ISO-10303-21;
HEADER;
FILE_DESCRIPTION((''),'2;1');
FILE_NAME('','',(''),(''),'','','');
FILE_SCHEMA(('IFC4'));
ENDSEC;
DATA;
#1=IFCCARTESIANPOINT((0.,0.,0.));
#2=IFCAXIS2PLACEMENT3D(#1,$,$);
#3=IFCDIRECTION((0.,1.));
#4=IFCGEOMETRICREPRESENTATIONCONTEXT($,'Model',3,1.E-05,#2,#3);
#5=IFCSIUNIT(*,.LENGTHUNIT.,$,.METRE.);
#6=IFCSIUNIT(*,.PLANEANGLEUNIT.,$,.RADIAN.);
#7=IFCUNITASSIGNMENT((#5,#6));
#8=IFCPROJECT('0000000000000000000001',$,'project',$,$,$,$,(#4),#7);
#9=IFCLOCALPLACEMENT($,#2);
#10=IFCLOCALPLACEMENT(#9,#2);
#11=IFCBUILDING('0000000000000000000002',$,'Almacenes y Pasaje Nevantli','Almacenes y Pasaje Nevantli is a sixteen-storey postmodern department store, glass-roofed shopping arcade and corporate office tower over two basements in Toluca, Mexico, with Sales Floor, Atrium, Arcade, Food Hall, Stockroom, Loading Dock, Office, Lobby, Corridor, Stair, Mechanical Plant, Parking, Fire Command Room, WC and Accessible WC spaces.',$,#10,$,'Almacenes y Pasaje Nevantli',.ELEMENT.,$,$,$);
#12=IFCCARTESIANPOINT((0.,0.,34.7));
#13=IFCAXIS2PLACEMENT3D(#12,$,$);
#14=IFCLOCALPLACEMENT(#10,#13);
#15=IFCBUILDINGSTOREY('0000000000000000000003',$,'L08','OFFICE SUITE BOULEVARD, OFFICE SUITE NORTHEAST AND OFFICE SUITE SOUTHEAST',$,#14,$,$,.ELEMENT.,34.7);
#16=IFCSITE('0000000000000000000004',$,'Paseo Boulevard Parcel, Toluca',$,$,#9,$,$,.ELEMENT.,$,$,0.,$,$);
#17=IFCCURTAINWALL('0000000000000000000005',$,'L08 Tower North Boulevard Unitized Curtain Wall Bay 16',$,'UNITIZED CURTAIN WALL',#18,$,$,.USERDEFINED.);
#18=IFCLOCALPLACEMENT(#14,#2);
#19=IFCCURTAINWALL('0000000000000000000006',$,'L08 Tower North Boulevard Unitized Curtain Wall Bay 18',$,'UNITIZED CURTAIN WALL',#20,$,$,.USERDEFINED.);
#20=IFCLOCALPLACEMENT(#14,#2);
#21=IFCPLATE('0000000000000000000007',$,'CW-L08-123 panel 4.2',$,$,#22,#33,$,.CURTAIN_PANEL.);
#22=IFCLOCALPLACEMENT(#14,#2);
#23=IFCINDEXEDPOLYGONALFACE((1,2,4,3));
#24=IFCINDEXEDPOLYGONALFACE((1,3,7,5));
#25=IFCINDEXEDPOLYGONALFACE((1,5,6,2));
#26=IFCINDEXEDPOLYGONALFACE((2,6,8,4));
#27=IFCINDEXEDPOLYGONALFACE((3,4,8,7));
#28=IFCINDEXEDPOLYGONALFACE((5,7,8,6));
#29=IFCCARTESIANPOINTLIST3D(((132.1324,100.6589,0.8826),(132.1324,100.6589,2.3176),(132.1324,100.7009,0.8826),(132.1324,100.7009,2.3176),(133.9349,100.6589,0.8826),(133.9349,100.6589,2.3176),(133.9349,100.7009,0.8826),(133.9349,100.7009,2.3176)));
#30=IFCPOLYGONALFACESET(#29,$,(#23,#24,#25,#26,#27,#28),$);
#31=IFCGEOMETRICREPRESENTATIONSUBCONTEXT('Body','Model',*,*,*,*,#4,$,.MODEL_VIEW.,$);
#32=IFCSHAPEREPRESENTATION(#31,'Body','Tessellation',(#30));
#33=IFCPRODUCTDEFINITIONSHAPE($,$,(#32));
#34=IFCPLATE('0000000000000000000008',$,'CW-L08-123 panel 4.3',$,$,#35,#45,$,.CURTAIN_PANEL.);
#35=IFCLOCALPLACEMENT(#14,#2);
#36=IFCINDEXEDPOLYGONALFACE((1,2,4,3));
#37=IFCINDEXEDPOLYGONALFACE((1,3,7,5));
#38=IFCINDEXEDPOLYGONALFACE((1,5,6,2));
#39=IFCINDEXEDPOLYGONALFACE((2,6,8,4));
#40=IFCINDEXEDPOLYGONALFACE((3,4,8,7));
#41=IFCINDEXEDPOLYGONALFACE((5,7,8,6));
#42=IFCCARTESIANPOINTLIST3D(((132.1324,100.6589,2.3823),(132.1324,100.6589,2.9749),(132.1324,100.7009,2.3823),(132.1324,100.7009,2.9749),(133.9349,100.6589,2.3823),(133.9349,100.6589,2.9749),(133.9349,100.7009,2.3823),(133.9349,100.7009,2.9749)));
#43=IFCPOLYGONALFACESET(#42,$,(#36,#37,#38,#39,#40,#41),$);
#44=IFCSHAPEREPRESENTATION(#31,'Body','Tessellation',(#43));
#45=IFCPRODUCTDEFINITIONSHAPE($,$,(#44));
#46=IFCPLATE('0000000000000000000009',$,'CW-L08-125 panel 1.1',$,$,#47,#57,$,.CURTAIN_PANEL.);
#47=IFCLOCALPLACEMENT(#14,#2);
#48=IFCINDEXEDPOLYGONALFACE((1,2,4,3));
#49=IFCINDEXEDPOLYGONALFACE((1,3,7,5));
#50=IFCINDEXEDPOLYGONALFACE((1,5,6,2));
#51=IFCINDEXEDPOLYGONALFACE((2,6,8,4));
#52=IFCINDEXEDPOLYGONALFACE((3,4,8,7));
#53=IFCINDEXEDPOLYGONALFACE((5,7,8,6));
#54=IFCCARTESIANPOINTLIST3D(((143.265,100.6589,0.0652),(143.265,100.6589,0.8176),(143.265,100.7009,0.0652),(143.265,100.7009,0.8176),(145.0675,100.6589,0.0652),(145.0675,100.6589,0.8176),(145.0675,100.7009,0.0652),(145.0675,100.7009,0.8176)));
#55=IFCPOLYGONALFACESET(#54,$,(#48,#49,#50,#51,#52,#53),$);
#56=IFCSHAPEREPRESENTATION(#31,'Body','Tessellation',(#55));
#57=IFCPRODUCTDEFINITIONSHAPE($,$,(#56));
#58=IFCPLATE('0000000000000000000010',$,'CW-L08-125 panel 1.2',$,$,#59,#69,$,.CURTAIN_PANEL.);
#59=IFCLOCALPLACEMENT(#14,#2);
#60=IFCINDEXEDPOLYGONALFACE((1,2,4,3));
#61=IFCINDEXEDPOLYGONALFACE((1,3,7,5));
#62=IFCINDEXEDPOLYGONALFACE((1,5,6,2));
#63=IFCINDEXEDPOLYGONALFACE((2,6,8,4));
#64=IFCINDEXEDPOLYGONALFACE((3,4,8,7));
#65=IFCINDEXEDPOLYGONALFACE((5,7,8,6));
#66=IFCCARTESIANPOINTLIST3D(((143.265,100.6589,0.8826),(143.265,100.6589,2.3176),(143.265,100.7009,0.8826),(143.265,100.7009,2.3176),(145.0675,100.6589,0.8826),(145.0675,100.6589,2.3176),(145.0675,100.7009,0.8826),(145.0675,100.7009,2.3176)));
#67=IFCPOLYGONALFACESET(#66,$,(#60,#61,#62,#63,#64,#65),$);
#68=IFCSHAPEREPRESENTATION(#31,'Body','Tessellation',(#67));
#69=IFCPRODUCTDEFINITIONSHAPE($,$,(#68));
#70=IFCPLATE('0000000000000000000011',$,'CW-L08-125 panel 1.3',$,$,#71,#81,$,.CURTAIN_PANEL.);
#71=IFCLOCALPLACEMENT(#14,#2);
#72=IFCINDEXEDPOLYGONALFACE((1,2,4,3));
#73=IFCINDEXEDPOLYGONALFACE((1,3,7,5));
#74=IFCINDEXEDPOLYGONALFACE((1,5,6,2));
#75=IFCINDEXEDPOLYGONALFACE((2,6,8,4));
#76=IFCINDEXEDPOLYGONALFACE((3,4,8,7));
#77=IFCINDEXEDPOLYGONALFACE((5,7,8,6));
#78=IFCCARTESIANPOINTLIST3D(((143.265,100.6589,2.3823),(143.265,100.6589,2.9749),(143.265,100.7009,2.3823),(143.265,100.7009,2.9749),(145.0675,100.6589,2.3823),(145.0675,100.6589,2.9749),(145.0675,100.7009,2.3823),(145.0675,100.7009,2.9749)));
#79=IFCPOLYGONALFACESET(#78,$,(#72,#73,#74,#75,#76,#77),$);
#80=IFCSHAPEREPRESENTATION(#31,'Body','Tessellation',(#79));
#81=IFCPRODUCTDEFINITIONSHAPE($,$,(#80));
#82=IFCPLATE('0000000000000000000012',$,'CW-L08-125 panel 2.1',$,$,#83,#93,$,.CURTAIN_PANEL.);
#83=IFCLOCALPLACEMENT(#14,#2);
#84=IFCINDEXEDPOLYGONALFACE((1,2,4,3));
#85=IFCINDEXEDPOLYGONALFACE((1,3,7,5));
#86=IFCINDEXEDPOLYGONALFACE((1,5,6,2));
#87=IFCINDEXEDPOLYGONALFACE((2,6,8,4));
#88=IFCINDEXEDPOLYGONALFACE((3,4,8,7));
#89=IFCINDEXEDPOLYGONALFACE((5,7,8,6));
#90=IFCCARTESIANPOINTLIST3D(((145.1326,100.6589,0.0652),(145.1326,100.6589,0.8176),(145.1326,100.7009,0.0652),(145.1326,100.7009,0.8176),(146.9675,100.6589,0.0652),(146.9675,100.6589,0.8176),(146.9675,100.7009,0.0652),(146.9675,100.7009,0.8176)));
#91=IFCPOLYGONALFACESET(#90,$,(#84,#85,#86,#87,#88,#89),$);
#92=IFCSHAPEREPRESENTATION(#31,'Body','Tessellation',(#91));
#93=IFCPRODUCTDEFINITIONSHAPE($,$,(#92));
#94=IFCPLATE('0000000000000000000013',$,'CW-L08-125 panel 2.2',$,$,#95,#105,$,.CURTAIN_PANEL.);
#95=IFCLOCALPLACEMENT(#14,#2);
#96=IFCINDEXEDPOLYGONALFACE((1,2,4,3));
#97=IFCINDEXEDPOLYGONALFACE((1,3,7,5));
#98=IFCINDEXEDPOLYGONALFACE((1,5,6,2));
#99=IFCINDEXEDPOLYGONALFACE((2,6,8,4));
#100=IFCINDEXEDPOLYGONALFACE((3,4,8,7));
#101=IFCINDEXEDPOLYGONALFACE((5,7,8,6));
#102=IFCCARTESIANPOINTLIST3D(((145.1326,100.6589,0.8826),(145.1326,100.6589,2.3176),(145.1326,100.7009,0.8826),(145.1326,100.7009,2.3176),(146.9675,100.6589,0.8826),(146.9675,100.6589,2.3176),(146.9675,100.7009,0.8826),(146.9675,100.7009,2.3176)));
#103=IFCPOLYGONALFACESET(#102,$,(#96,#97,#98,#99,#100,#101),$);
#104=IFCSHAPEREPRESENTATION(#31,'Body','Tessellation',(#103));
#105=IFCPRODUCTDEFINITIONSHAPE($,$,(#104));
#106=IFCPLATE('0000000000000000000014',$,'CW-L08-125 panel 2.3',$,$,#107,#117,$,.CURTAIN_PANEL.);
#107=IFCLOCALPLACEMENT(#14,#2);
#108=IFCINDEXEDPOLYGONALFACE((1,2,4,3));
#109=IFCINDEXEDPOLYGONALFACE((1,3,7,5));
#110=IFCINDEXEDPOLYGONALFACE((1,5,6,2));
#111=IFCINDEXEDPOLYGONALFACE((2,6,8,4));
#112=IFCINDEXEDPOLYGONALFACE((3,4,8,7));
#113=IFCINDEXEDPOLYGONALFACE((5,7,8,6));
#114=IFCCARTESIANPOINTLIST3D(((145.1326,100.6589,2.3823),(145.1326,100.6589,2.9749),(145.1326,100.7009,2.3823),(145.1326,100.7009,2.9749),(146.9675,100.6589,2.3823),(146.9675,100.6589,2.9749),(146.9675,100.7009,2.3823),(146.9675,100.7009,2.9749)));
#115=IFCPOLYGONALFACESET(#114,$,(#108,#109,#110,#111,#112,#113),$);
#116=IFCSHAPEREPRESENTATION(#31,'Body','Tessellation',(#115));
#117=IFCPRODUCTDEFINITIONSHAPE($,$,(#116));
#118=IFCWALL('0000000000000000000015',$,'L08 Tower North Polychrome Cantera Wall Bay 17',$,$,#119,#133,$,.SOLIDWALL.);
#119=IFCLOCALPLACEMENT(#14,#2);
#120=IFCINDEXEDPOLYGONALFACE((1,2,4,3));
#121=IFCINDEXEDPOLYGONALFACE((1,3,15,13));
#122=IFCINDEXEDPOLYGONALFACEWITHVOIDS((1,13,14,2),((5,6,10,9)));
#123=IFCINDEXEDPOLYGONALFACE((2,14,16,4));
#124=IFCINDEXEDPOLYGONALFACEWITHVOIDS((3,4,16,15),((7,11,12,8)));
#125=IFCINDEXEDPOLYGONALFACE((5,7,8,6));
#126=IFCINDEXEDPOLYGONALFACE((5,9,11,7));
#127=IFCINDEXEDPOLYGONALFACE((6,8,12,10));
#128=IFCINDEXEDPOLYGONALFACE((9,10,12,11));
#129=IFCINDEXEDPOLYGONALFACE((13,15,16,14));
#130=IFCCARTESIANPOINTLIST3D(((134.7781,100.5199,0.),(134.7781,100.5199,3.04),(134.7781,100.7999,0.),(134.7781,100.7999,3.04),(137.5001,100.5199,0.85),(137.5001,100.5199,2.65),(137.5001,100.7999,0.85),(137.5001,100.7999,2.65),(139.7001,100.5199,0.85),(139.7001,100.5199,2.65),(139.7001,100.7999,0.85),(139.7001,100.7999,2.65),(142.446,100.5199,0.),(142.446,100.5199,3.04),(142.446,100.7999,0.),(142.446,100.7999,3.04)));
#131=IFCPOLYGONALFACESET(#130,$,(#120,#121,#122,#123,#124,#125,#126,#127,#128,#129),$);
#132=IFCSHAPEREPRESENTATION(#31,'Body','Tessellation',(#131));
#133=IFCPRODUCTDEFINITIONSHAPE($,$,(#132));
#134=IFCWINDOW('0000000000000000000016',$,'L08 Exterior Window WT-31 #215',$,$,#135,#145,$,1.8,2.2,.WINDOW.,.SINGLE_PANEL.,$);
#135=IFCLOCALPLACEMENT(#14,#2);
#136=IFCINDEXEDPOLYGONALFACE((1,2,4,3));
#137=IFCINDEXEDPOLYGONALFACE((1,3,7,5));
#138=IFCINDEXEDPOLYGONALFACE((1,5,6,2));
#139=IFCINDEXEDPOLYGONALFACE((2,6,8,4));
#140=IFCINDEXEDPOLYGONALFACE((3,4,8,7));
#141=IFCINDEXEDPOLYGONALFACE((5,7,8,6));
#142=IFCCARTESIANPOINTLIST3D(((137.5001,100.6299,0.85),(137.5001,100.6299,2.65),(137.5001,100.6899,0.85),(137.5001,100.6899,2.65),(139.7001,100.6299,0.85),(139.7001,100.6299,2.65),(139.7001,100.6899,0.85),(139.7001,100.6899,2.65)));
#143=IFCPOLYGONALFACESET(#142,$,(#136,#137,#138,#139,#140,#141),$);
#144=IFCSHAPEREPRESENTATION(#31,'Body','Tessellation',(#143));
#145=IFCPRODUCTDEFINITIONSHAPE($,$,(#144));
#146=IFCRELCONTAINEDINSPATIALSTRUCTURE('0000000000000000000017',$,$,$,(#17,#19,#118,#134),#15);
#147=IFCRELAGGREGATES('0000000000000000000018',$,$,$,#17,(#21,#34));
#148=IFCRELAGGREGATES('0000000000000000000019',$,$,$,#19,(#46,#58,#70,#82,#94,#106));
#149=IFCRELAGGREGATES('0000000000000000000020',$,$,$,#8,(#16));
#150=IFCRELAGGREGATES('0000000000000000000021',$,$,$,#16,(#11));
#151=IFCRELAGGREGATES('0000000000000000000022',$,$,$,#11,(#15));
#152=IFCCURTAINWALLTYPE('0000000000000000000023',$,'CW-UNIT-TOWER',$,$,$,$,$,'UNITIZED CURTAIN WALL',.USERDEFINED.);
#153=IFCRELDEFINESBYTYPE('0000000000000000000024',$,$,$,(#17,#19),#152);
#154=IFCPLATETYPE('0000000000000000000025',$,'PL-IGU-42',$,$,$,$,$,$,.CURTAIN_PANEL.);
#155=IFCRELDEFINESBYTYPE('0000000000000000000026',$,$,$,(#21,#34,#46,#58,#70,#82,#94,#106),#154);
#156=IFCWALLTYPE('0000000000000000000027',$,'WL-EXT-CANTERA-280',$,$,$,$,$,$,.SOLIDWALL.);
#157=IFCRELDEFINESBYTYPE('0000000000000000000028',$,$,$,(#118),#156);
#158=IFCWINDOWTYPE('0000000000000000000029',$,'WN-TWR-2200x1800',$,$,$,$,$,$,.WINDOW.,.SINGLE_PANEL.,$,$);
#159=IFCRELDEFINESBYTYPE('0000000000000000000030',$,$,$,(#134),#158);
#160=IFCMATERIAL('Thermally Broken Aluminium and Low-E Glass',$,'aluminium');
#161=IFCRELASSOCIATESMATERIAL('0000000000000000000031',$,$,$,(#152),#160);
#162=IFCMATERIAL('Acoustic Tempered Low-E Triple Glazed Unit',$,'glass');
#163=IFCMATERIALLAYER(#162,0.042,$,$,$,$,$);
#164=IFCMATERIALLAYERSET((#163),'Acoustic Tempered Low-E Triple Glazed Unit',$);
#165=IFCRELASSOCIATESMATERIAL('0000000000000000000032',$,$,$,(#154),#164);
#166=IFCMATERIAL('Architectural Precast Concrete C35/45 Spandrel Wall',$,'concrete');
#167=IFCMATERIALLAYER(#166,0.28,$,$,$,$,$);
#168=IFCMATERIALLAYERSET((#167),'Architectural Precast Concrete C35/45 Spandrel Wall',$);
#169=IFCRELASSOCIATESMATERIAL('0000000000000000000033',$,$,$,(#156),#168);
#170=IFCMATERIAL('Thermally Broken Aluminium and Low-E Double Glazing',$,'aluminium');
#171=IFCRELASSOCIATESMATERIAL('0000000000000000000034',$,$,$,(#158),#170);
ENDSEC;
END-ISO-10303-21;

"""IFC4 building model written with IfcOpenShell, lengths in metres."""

from ifc_helpers import new_model, si_unit, direction, frame, frame_2d, origin, origin_2d, place, context, subcontext, project, spatial, rectangle, extrude, material, layer, layer_set, type_object, element, fill, aggregate, save


model = new_model("IFC4")

# Units and contexts
model_context = context("Model", 3, precision=1e-05, world=origin(), true_north=direction((0.0, 1.0)))
body_context = subcontext(model_context, "Body", "Model", "MODEL_VIEW")
ifc_project = project(units=[si_unit("LENGTHUNIT", "METRE"), si_unit("PLANEANGLEUNIT", "RADIAN")], contexts=[model_context])

# Site, building, storey
site_placement = place(None, origin())
site = spatial("IfcSite", under=ifc_project, at=site_placement, Name="Paseo Boulevard Parcel, Toluca", CompositionType="ELEMENT", RefElevation=0.0)
building_placement = place(site_placement, origin())
building = spatial("IfcBuilding", under=site, at=building_placement, Name="Almacenes y Pasaje Nevantli", Description="Almacenes y Pasaje Nevantli is a sixteen-storey postmodern department store, glass-roofed shopping arcade and corporate office tower over two basements in Toluca, Mexico, with Sales Floor, Atrium, Arcade, Food Hall, Stockroom, Loading Dock, Office, Lobby, Corridor, Stair, Mechanical Plant, Parking, Fire Command Room, WC and Accessible WC spaces.", LongName="Almacenes y Pasaje Nevantli", CompositionType="ELEMENT")
storey_placement = place(building_placement, frame((0.0, 0.0, 34.7)))
storey = spatial("IfcBuildingStorey", under=building, at=storey_placement, Name="L08", Description="OFFICE SUITE BOULEVARD, OFFICE SUITE NORTHEAST AND OFFICE SUITE SOUTHEAST", CompositionType="ELEMENT", Elevation=34.7)

# Curtain wall
ifc_material_1 = material(Name="Thermally Broken Aluminium and Low-E Glass", Category="aluminium")
curtain_wall_type = type_object("IfcCurtainWallType", Name="CW-UNIT-TOWER", ElementType="UNITIZED CURTAIN WALL", PredefinedType="USERDEFINED", material=ifc_material_1)
curtain_wall_1_placement = place(storey_placement, origin())
curtain_wall_1 = element("IfcCurtainWall", 1, at=curtain_wall_1_placement, inside=storey, type_object=curtain_wall_type, Name="L08 Tower North Boulevard Unitized Curtain Wall Bay 16", ObjectType="UNITIZED CURTAIN WALL", PredefinedType="USERDEFINED")

# Curtain wall
curtain_wall_2_placement = place(storey_placement, origin())
curtain_wall_2 = element("IfcCurtainWall", 2, at=curtain_wall_2_placement, inside=storey, type_object=curtain_wall_type, Name="L08 Tower North Boulevard Unitized Curtain Wall Bay 18", ObjectType="UNITIZED CURTAIN WALL", PredefinedType="USERDEFINED")

# Plates
ifc_material_2 = material(Name="Acoustic Tempered Low-E Triple Glazed Unit", Category="glass")
ifc_layer_1 = layer(ifc_material_2, 0.042)
ifc_layer_set_1 = layer_set([ifc_layer_1], Name="Acoustic Tempered Low-E Triple Glazed Unit")
plate_type = type_object("IfcPlateType", Name="PL-IGU-42", PredefinedType="CURTAIN_PANEL", material=ifc_layer_set_1)
plate_1_placement = place(storey_placement, frame((133.0337, 100.6799, 0.8826), z_axis=(0.0, 0.0, 1.0), x_axis=(1.0, 0.0, 0.0)))
plate_1 = element("IfcPlate", 3, at=plate_1_placement, type_object=plate_type, Name="CW-L08-123 panel 4.2", PredefinedType="CURTAIN_PANEL", context=body_context, shape_type="SweptSolid", body=[
    extrude(rectangle(XDim=1.8025, YDim=0.042, at=origin_2d()), origin(), (0.0, 0.0, 1.0), 1.4351),
])
plate_2_placement = place(storey_placement, frame((133.0337, 100.6799, 2.3823), z_axis=(0.0, 0.0, 1.0), x_axis=(1.0, 0.0, 0.0)))
plate_2 = element("IfcPlate", 4, at=plate_2_placement, type_object=plate_type, Name="CW-L08-123 panel 4.3", PredefinedType="CURTAIN_PANEL", context=body_context, shape_type="SweptSolid", body=[
    extrude(rectangle(XDim=1.8025, YDim=0.042, at=origin_2d()), origin(), (0.0, 0.0, 1.0), 0.5925),
])
aggregate(curtain_wall_1, [plate_1, plate_2])
plate_3_placement = place(storey_placement, frame((144.1663, 100.6799, 0.0652), z_axis=(0.0, 0.0, 1.0), x_axis=(1.0, 0.0, 0.0)))
plate_3 = element("IfcPlate", 5, at=plate_3_placement, type_object=plate_type, Name="CW-L08-125 panel 1.1", PredefinedType="CURTAIN_PANEL", context=body_context, shape_type="SweptSolid", body=[
    extrude(rectangle(XDim=1.8025, YDim=0.042, at=origin_2d()), origin(), (0.0, 0.0, 1.0), 0.7524),
])
plate_4_placement = place(storey_placement, frame((144.1663, 100.6799, 0.8826), z_axis=(0.0, 0.0, 1.0), x_axis=(1.0, 0.0, 0.0)))
plate_4 = element("IfcPlate", 6, at=plate_4_placement, type_object=plate_type, Name="CW-L08-125 panel 1.2", PredefinedType="CURTAIN_PANEL", context=body_context, shape_type="SweptSolid", body=[
    extrude(rectangle(XDim=1.8025, YDim=0.042, at=origin_2d()), origin(), (0.0, 0.0, 1.0), 1.4351),
])
plate_5_placement = place(storey_placement, frame((144.1663, 100.6799, 2.3823), z_axis=(0.0, 0.0, 1.0), x_axis=(1.0, 0.0, 0.0)))
plate_5 = element("IfcPlate", 7, at=plate_5_placement, type_object=plate_type, Name="CW-L08-125 panel 1.3", PredefinedType="CURTAIN_PANEL", context=body_context, shape_type="SweptSolid", body=[
    extrude(rectangle(XDim=1.8025, YDim=0.042, at=origin_2d()), origin(), (0.0, 0.0, 1.0), 0.5925),
])
plate_6_placement = place(storey_placement, frame((146.05, 100.6799, 0.0652), z_axis=(0.0, 0.0, 1.0), x_axis=(1.0, 0.0, 0.0)))
plate_6 = element("IfcPlate", 8, at=plate_6_placement, type_object=plate_type, Name="CW-L08-125 panel 2.1", PredefinedType="CURTAIN_PANEL", context=body_context, shape_type="SweptSolid", body=[
    extrude(rectangle(XDim=1.835, YDim=0.042, at=origin_2d()), origin(), (0.0, 0.0, 1.0), 0.7524),
])
plate_7_placement = place(storey_placement, frame((146.05, 100.6799, 0.8826), z_axis=(0.0, 0.0, 1.0), x_axis=(1.0, 0.0, 0.0)))
plate_7 = element("IfcPlate", 9, at=plate_7_placement, type_object=plate_type, Name="CW-L08-125 panel 2.2", PredefinedType="CURTAIN_PANEL", context=body_context, shape_type="SweptSolid", body=[
    extrude(rectangle(XDim=1.835, YDim=0.042, at=origin_2d()), origin(), (0.0, 0.0, 1.0), 1.4351),
])
plate_8_placement = place(storey_placement, frame((146.05, 100.6799, 2.3823), z_axis=(0.0, 0.0, 1.0), x_axis=(1.0, 0.0, 0.0)))
plate_8 = element("IfcPlate", 10, at=plate_8_placement, type_object=plate_type, Name="CW-L08-125 panel 2.3", PredefinedType="CURTAIN_PANEL", context=body_context, shape_type="SweptSolid", body=[
    extrude(rectangle(XDim=1.835, YDim=0.042, at=origin_2d()), origin(), (0.0, 0.0, 1.0), 0.5925),
])
aggregate(curtain_wall_2, [plate_3, plate_4, plate_5, plate_6, plate_7, plate_8])

# Wall, opening, window
ifc_material_3 = material(Name="Architectural Precast Concrete C35/45 Spandrel Wall", Category="concrete")
ifc_layer_2 = layer(ifc_material_3, 0.28)
ifc_layer_set_2 = layer_set([ifc_layer_2], Name="Architectural Precast Concrete C35/45 Spandrel Wall")
wall_type = type_object("IfcWallType", Name="WL-EXT-CANTERA-280", PredefinedType="SOLIDWALL", material=ifc_layer_set_2)
wall_placement = place(storey_placement, frame((134.7781, 100.6599, 0.0), z_axis=(0.0, 0.0, 1.0), x_axis=(1.0, 0.0, 0.0)))
wall = element("IfcWall", 11, at=wall_placement, inside=storey, type_object=wall_type, Name="L08 Tower North Polychrome Cantera Wall Bay 17", PredefinedType="SOLIDWALL", context=body_context, shape_type="SweptSolid", body=[
    extrude(rectangle(XDim=7.668, YDim=0.28, at=frame_2d((3.834, 0.0))), origin(), (0.0, 0.0, 1.0), 3.04),
])
opening_placement = place(wall_placement, frame((2.7219, 0.0, 0.8501)))
opening = element("IfcOpeningElement", 12, at=opening_placement, cuts=wall, PredefinedType="OPENING", context=body_context, shape_type="SweptSolid", body=[
    extrude(rectangle(XDim=2.2, YDim=1.8, at=frame_2d((1.1001, 0.8999))), frame((0.0, 0.1499, 0.0), z_axis=(0.0, -1.0, 0.0), x_axis=(1.0, 0.0, 0.0)), (0.0, 0.0, 1.0), 0.3),
])
ifc_material_4 = material(Name="Thermally Broken Aluminium and Low-E Double Glazing", Category="aluminium")
window_type = type_object("IfcWindowType", Name="WN-TWR-2200x1800", PartitioningType="SINGLE_PANEL", PredefinedType="WINDOW", material=ifc_material_4)
window_placement = place(opening_placement, origin())
window = element("IfcWindow", 13, at=window_placement, inside=storey, type_object=window_type, Name="L08 Exterior Window WT-31 #215", OverallHeight=1.8, OverallWidth=2.2, PartitioningType="SINGLE_PANEL", PredefinedType="WINDOW", context=body_context, shape_type="SweptSolid", body=[
    extrude(rectangle(XDim=2.2, YDim=1.8, at=frame_2d((1.1001, 0.8999))), frame((0.0, 0.03, 0.0), z_axis=(0.0, -1.0, 0.0), x_axis=(1.0, 0.0, 0.0)), (0.0, 0.0, 1.0), 0.0601),
])
fill(opening, window)

save(model, "model.ifc")
